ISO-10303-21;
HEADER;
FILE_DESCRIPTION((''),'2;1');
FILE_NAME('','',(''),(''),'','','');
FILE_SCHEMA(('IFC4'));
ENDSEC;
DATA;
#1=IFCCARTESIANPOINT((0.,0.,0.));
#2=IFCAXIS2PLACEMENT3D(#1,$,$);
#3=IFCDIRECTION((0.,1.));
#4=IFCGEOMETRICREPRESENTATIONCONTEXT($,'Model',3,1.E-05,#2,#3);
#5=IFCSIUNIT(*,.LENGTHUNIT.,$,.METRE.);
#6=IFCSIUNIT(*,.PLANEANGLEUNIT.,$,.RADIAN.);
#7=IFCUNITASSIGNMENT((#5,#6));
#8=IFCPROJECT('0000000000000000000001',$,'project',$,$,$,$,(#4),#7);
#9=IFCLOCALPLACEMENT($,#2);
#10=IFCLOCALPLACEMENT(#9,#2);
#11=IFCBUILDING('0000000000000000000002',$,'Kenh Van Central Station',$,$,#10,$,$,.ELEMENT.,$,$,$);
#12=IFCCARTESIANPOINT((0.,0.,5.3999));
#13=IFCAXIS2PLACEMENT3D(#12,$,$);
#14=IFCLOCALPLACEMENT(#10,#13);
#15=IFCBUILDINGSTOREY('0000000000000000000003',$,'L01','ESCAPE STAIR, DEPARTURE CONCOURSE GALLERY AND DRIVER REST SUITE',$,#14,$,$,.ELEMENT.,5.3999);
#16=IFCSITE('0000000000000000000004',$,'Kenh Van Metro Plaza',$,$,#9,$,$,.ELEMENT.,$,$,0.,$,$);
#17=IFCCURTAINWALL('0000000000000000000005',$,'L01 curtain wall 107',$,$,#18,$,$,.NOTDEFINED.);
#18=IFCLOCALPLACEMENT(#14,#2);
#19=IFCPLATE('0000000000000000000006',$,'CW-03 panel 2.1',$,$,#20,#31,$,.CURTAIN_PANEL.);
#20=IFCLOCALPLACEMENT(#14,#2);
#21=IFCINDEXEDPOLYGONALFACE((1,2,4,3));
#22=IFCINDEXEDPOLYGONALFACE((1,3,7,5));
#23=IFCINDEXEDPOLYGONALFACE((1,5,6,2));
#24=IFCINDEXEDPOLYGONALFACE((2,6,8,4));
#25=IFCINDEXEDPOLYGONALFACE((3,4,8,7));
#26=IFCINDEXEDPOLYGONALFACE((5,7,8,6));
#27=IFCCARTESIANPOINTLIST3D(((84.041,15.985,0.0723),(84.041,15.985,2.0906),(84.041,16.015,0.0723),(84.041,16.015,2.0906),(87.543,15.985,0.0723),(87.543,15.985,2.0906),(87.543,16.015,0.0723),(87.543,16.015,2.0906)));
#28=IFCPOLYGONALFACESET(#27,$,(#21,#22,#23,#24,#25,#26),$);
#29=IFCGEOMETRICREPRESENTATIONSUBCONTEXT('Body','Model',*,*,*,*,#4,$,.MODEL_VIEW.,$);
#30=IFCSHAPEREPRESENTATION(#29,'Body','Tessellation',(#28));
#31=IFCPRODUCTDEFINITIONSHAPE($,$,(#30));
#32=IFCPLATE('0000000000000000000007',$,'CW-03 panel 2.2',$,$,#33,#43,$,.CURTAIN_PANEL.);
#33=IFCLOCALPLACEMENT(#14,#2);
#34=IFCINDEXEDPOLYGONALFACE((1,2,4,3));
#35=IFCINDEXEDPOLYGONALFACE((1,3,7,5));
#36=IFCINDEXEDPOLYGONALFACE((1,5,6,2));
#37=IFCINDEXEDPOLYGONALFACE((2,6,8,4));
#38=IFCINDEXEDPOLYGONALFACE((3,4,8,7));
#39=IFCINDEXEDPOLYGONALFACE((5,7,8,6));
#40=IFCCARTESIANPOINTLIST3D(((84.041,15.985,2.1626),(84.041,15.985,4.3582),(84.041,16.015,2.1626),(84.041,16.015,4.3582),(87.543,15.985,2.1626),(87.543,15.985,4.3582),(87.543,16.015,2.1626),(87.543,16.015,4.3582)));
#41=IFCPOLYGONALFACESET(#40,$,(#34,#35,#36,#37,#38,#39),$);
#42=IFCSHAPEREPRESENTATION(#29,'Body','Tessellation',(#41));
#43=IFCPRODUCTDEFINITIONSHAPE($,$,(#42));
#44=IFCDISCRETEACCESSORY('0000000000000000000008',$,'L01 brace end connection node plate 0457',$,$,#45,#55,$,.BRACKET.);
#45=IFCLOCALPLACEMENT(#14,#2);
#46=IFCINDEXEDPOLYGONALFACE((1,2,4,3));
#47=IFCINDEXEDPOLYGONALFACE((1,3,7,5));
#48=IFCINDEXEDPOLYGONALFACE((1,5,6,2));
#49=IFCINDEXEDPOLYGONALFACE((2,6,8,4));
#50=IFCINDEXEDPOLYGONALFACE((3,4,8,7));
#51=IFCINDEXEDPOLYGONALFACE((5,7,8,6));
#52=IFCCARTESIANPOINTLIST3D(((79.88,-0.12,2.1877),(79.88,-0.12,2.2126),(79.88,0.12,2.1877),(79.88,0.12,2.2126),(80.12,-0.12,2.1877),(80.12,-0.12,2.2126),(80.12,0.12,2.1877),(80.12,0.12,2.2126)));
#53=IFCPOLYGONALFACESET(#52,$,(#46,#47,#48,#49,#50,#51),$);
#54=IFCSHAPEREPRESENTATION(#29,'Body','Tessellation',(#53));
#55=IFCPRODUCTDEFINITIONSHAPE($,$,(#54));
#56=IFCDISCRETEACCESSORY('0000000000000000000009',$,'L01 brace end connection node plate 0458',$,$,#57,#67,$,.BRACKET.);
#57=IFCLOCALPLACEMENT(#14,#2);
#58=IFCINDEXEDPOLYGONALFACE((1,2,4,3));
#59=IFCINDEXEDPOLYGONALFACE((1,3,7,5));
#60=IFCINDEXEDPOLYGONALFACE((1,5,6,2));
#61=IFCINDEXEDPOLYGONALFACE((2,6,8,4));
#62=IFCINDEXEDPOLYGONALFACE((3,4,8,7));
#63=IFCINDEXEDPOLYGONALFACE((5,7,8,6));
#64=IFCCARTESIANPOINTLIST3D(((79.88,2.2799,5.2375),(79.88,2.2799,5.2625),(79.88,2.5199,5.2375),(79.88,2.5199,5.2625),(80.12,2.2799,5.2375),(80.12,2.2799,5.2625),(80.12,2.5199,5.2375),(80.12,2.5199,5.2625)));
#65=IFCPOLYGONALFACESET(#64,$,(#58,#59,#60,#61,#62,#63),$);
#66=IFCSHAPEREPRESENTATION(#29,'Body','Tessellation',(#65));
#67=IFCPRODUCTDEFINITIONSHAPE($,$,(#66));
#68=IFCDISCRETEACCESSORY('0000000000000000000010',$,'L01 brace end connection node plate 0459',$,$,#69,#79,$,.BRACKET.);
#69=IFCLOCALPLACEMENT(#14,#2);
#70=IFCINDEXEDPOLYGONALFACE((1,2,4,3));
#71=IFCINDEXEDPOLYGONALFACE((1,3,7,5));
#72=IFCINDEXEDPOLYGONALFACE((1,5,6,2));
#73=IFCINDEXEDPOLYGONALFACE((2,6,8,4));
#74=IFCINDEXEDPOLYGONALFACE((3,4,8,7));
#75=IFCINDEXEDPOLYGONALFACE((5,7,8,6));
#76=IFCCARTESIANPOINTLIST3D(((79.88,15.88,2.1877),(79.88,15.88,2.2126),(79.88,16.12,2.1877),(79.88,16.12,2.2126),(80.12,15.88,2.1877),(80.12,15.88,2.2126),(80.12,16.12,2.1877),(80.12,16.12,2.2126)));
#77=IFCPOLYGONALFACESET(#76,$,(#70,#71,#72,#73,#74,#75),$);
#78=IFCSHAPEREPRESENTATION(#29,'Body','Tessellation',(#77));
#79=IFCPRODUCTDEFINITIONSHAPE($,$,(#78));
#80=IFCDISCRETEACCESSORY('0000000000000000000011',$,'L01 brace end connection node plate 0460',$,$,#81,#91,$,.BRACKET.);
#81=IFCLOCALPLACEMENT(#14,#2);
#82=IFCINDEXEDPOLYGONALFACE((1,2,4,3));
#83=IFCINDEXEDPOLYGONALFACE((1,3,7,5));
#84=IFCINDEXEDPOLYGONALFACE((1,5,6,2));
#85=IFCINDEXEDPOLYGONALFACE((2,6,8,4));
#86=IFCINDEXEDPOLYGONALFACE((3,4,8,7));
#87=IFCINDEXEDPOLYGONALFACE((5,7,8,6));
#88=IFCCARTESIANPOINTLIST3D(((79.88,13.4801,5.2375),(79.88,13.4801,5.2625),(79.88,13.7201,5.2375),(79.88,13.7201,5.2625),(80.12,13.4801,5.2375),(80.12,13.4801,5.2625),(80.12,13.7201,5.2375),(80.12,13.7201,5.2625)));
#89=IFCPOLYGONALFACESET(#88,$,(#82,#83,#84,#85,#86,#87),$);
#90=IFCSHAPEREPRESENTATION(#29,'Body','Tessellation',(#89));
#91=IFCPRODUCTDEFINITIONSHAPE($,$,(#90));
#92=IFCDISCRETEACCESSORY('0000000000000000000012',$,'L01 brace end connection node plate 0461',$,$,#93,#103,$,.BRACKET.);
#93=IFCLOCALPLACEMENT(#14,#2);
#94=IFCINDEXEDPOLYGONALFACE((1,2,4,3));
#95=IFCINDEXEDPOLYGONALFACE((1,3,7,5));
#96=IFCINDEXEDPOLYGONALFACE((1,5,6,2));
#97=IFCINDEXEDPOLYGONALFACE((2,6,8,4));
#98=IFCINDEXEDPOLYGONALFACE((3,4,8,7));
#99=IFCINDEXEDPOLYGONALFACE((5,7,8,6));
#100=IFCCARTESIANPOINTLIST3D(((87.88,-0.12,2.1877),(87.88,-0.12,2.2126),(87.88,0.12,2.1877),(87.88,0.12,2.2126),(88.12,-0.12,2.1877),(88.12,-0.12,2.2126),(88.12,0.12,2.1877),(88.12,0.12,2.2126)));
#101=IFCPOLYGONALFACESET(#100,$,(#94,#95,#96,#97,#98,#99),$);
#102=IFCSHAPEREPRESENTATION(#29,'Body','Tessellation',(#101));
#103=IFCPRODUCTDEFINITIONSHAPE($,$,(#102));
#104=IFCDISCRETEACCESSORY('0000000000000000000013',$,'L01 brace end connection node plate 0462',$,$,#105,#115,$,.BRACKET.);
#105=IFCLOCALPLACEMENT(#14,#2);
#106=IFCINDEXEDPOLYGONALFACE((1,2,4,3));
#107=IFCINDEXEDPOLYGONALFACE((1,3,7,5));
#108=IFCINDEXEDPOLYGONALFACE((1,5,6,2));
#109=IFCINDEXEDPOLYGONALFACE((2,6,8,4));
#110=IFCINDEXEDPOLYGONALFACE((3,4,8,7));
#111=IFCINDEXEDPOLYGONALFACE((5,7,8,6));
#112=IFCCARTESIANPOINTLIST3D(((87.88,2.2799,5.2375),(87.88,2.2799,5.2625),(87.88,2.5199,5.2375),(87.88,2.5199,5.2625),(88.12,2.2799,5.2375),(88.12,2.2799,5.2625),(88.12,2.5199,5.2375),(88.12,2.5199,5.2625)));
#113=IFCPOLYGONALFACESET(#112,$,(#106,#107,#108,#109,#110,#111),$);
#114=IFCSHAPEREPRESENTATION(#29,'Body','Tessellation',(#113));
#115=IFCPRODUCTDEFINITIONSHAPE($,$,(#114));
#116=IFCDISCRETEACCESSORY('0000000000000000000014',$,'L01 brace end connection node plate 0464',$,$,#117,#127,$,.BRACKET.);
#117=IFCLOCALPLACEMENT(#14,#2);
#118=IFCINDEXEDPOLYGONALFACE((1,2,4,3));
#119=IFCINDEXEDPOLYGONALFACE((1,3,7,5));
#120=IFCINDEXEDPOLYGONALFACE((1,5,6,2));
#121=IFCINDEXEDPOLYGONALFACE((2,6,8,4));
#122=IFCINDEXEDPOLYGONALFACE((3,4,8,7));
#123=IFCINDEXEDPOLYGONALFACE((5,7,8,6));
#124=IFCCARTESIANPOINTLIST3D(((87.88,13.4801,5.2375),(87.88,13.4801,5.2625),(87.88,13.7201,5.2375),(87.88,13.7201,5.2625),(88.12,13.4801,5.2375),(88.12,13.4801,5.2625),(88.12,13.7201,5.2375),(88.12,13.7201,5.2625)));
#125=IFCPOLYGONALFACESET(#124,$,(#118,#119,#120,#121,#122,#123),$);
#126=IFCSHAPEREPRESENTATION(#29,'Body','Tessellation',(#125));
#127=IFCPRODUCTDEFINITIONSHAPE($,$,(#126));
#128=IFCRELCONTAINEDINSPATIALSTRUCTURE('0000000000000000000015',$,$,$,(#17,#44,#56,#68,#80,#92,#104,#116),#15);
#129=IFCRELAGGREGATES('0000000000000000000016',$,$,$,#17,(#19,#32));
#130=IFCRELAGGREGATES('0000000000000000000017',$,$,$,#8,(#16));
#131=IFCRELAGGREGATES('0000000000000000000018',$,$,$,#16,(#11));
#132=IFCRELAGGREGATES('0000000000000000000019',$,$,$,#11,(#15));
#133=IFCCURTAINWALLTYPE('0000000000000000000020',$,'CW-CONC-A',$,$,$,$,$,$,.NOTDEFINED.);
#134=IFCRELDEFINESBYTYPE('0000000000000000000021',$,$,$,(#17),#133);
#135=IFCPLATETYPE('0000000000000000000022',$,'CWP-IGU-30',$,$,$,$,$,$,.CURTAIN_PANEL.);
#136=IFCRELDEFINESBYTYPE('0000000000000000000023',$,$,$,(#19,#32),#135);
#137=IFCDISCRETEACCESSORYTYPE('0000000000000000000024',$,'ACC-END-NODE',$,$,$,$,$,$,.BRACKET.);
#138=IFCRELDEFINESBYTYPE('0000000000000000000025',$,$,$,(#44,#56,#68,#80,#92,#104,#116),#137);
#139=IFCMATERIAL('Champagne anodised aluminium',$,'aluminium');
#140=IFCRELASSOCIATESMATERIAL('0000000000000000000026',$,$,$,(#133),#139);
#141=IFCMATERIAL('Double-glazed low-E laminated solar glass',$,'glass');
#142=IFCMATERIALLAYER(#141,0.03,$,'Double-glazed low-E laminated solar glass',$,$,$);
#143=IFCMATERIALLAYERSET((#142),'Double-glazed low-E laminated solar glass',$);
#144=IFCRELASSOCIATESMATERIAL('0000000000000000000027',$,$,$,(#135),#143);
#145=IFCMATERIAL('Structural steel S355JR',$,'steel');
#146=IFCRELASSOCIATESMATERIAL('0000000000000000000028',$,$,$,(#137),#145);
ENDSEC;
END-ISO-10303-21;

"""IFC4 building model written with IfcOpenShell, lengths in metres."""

from ifc_helpers import new_model, si_unit, direction, frame, origin, origin_2d, place, context, subcontext, project, spatial, rectangle, extrude, material, layer, layer_set, type_object, element, aggregate, save


model = new_model("IFC4")

# Units and contexts
model_context = context("Model", 3, precision=1e-05, world=origin(), true_north=direction((0.0, 1.0)))
body_context = subcontext(model_context, "Body", "Model", "MODEL_VIEW")
ifc_project = project(units=[si_unit("LENGTHUNIT", "METRE"), si_unit("PLANEANGLEUNIT", "RADIAN")], contexts=[model_context])

# Site, building, storey
site_placement = place(None, origin())
site = spatial("IfcSite", under=ifc_project, at=site_placement, Name="Kenh Van Metro Plaza", CompositionType="ELEMENT", RefElevation=0.0)
building_placement = place(site_placement, origin())
building = spatial("IfcBuilding", under=site, at=building_placement, Name="Kenh Van Central Station", CompositionType="ELEMENT")
storey_placement = place(building_placement, frame((0.0, 0.0, 5.3999)))
storey = spatial("IfcBuildingStorey", under=building, at=storey_placement, Name="L01", Description="ESCAPE STAIR, DEPARTURE CONCOURSE GALLERY AND DRIVER REST SUITE", CompositionType="ELEMENT", Elevation=5.3999)

# Curtain wall
ifc_material_1 = material(Name="Champagne anodised aluminium", Category="aluminium")
curtain_wall_type = type_object("IfcCurtainWallType", Name="CW-CONC-A", PredefinedType="NOTDEFINED", material=ifc_material_1)
curtain_wall_1_placement = place(storey_placement, origin())
curtain_wall_1 = element("IfcCurtainWall", 1, at=curtain_wall_1_placement, inside=storey, type_object=curtain_wall_type, Name="L01 curtain wall 107", PredefinedType="NOTDEFINED")

# Plates
ifc_material_2 = material(Name="Double-glazed low-E laminated solar glass", Category="glass")
ifc_layer = layer(ifc_material_2, 0.03, Name="Double-glazed low-E laminated solar glass")
ifc_layer_set = layer_set([ifc_layer], Name="Double-glazed low-E laminated solar glass")
plate_type = type_object("IfcPlateType", Name="CWP-IGU-30", PredefinedType="CURTAIN_PANEL", material=ifc_layer_set)
plate_1_placement = place(storey_placement, frame((85.792, 16.0, 0.0723), z_axis=(0.0, 0.0, 1.0), x_axis=(1.0, 0.0, 0.0)))
plate_1 = element("IfcPlate", 2, at=plate_1_placement, type_object=plate_type, Name="CW-03 panel 2.1", PredefinedType="CURTAIN_PANEL", context=body_context, shape_type="SweptSolid", body=[
    extrude(rectangle(XDim=3.502, YDim=0.03, at=origin_2d()), origin(), (0.0, 0.0, 1.0), 2.0183),
])
plate_2_placement = place(storey_placement, frame((85.792, 16.0, 2.1626), z_axis=(0.0, 0.0, 1.0), x_axis=(1.0, 0.0, 0.0)))
plate_2 = element("IfcPlate", 3, at=plate_2_placement, type_object=plate_type, Name="CW-03 panel 2.2", PredefinedType="CURTAIN_PANEL", context=body_context, shape_type="SweptSolid", body=[
    extrude(rectangle(XDim=3.502, YDim=0.03, at=origin_2d()), origin(), (0.0, 0.0, 1.0), 2.1956),
])
aggregate(curtain_wall_1, [plate_1, plate_2])

# Discrete accessories
ifc_material_3 = material(Name="Structural steel S355JR", Category="steel")
discrete_accessory_type = type_object("IfcDiscreteAccessoryType", Name="ACC-END-NODE", PredefinedType="BRACKET", material=ifc_material_3)
for number, where, z_axis, x_axis, name in (
    (4, (80.0, 0.0, 2.1877), (0.0, 0.0, 1.0), (1.0, 0.0, 0.0), "L01 brace end connection node plate 0457"),
    (5, (80.0, 2.3999, 5.2375), (0.0, 0.0, 1.0), (1.0, 0.0, 0.0), "L01 brace end connection node plate 0458"),
    (6, (80.0, 16.0, 2.1877), (0.0, 0.0, 1.0), (1.0, 0.0, 0.0), "L01 brace end connection node plate 0459"),
    (7, (80.0, 13.6001, 5.2375), (0.0, 0.0, 1.0), (1.0, 0.0, 0.0), "L01 brace end connection node plate 0460"),
    (8, (88.0, 0.0, 2.1877), (0.0, 0.0, 1.0), (1.0, 0.0, 0.0), "L01 brace end connection node plate 0461"),
    (9, (88.0, 2.3999, 5.2375), (0.0, 0.0, 1.0), (1.0, 0.0, 0.0), "L01 brace end connection node plate 0462"),
    (10, (88.0, 13.6001, 5.2375), (0.0, 0.0, 1.0), (1.0, 0.0, 0.0), "L01 brace end connection node plate 0464"),
):
    element("IfcDiscreteAccessory", number, at=place(storey_placement, frame(where, z_axis=z_axis, x_axis=x_axis)), inside=storey, type_object=discrete_accessory_type, Name=name, PredefinedType="BRACKET", context=body_context, shape_type="SweptSolid", body=[
        extrude(rectangle(XDim=0.24, YDim=0.24, at=origin_2d()), origin(), (0.0, 0.0, 1.0), 0.0249),
    ])

save(model, "model.ifc")
